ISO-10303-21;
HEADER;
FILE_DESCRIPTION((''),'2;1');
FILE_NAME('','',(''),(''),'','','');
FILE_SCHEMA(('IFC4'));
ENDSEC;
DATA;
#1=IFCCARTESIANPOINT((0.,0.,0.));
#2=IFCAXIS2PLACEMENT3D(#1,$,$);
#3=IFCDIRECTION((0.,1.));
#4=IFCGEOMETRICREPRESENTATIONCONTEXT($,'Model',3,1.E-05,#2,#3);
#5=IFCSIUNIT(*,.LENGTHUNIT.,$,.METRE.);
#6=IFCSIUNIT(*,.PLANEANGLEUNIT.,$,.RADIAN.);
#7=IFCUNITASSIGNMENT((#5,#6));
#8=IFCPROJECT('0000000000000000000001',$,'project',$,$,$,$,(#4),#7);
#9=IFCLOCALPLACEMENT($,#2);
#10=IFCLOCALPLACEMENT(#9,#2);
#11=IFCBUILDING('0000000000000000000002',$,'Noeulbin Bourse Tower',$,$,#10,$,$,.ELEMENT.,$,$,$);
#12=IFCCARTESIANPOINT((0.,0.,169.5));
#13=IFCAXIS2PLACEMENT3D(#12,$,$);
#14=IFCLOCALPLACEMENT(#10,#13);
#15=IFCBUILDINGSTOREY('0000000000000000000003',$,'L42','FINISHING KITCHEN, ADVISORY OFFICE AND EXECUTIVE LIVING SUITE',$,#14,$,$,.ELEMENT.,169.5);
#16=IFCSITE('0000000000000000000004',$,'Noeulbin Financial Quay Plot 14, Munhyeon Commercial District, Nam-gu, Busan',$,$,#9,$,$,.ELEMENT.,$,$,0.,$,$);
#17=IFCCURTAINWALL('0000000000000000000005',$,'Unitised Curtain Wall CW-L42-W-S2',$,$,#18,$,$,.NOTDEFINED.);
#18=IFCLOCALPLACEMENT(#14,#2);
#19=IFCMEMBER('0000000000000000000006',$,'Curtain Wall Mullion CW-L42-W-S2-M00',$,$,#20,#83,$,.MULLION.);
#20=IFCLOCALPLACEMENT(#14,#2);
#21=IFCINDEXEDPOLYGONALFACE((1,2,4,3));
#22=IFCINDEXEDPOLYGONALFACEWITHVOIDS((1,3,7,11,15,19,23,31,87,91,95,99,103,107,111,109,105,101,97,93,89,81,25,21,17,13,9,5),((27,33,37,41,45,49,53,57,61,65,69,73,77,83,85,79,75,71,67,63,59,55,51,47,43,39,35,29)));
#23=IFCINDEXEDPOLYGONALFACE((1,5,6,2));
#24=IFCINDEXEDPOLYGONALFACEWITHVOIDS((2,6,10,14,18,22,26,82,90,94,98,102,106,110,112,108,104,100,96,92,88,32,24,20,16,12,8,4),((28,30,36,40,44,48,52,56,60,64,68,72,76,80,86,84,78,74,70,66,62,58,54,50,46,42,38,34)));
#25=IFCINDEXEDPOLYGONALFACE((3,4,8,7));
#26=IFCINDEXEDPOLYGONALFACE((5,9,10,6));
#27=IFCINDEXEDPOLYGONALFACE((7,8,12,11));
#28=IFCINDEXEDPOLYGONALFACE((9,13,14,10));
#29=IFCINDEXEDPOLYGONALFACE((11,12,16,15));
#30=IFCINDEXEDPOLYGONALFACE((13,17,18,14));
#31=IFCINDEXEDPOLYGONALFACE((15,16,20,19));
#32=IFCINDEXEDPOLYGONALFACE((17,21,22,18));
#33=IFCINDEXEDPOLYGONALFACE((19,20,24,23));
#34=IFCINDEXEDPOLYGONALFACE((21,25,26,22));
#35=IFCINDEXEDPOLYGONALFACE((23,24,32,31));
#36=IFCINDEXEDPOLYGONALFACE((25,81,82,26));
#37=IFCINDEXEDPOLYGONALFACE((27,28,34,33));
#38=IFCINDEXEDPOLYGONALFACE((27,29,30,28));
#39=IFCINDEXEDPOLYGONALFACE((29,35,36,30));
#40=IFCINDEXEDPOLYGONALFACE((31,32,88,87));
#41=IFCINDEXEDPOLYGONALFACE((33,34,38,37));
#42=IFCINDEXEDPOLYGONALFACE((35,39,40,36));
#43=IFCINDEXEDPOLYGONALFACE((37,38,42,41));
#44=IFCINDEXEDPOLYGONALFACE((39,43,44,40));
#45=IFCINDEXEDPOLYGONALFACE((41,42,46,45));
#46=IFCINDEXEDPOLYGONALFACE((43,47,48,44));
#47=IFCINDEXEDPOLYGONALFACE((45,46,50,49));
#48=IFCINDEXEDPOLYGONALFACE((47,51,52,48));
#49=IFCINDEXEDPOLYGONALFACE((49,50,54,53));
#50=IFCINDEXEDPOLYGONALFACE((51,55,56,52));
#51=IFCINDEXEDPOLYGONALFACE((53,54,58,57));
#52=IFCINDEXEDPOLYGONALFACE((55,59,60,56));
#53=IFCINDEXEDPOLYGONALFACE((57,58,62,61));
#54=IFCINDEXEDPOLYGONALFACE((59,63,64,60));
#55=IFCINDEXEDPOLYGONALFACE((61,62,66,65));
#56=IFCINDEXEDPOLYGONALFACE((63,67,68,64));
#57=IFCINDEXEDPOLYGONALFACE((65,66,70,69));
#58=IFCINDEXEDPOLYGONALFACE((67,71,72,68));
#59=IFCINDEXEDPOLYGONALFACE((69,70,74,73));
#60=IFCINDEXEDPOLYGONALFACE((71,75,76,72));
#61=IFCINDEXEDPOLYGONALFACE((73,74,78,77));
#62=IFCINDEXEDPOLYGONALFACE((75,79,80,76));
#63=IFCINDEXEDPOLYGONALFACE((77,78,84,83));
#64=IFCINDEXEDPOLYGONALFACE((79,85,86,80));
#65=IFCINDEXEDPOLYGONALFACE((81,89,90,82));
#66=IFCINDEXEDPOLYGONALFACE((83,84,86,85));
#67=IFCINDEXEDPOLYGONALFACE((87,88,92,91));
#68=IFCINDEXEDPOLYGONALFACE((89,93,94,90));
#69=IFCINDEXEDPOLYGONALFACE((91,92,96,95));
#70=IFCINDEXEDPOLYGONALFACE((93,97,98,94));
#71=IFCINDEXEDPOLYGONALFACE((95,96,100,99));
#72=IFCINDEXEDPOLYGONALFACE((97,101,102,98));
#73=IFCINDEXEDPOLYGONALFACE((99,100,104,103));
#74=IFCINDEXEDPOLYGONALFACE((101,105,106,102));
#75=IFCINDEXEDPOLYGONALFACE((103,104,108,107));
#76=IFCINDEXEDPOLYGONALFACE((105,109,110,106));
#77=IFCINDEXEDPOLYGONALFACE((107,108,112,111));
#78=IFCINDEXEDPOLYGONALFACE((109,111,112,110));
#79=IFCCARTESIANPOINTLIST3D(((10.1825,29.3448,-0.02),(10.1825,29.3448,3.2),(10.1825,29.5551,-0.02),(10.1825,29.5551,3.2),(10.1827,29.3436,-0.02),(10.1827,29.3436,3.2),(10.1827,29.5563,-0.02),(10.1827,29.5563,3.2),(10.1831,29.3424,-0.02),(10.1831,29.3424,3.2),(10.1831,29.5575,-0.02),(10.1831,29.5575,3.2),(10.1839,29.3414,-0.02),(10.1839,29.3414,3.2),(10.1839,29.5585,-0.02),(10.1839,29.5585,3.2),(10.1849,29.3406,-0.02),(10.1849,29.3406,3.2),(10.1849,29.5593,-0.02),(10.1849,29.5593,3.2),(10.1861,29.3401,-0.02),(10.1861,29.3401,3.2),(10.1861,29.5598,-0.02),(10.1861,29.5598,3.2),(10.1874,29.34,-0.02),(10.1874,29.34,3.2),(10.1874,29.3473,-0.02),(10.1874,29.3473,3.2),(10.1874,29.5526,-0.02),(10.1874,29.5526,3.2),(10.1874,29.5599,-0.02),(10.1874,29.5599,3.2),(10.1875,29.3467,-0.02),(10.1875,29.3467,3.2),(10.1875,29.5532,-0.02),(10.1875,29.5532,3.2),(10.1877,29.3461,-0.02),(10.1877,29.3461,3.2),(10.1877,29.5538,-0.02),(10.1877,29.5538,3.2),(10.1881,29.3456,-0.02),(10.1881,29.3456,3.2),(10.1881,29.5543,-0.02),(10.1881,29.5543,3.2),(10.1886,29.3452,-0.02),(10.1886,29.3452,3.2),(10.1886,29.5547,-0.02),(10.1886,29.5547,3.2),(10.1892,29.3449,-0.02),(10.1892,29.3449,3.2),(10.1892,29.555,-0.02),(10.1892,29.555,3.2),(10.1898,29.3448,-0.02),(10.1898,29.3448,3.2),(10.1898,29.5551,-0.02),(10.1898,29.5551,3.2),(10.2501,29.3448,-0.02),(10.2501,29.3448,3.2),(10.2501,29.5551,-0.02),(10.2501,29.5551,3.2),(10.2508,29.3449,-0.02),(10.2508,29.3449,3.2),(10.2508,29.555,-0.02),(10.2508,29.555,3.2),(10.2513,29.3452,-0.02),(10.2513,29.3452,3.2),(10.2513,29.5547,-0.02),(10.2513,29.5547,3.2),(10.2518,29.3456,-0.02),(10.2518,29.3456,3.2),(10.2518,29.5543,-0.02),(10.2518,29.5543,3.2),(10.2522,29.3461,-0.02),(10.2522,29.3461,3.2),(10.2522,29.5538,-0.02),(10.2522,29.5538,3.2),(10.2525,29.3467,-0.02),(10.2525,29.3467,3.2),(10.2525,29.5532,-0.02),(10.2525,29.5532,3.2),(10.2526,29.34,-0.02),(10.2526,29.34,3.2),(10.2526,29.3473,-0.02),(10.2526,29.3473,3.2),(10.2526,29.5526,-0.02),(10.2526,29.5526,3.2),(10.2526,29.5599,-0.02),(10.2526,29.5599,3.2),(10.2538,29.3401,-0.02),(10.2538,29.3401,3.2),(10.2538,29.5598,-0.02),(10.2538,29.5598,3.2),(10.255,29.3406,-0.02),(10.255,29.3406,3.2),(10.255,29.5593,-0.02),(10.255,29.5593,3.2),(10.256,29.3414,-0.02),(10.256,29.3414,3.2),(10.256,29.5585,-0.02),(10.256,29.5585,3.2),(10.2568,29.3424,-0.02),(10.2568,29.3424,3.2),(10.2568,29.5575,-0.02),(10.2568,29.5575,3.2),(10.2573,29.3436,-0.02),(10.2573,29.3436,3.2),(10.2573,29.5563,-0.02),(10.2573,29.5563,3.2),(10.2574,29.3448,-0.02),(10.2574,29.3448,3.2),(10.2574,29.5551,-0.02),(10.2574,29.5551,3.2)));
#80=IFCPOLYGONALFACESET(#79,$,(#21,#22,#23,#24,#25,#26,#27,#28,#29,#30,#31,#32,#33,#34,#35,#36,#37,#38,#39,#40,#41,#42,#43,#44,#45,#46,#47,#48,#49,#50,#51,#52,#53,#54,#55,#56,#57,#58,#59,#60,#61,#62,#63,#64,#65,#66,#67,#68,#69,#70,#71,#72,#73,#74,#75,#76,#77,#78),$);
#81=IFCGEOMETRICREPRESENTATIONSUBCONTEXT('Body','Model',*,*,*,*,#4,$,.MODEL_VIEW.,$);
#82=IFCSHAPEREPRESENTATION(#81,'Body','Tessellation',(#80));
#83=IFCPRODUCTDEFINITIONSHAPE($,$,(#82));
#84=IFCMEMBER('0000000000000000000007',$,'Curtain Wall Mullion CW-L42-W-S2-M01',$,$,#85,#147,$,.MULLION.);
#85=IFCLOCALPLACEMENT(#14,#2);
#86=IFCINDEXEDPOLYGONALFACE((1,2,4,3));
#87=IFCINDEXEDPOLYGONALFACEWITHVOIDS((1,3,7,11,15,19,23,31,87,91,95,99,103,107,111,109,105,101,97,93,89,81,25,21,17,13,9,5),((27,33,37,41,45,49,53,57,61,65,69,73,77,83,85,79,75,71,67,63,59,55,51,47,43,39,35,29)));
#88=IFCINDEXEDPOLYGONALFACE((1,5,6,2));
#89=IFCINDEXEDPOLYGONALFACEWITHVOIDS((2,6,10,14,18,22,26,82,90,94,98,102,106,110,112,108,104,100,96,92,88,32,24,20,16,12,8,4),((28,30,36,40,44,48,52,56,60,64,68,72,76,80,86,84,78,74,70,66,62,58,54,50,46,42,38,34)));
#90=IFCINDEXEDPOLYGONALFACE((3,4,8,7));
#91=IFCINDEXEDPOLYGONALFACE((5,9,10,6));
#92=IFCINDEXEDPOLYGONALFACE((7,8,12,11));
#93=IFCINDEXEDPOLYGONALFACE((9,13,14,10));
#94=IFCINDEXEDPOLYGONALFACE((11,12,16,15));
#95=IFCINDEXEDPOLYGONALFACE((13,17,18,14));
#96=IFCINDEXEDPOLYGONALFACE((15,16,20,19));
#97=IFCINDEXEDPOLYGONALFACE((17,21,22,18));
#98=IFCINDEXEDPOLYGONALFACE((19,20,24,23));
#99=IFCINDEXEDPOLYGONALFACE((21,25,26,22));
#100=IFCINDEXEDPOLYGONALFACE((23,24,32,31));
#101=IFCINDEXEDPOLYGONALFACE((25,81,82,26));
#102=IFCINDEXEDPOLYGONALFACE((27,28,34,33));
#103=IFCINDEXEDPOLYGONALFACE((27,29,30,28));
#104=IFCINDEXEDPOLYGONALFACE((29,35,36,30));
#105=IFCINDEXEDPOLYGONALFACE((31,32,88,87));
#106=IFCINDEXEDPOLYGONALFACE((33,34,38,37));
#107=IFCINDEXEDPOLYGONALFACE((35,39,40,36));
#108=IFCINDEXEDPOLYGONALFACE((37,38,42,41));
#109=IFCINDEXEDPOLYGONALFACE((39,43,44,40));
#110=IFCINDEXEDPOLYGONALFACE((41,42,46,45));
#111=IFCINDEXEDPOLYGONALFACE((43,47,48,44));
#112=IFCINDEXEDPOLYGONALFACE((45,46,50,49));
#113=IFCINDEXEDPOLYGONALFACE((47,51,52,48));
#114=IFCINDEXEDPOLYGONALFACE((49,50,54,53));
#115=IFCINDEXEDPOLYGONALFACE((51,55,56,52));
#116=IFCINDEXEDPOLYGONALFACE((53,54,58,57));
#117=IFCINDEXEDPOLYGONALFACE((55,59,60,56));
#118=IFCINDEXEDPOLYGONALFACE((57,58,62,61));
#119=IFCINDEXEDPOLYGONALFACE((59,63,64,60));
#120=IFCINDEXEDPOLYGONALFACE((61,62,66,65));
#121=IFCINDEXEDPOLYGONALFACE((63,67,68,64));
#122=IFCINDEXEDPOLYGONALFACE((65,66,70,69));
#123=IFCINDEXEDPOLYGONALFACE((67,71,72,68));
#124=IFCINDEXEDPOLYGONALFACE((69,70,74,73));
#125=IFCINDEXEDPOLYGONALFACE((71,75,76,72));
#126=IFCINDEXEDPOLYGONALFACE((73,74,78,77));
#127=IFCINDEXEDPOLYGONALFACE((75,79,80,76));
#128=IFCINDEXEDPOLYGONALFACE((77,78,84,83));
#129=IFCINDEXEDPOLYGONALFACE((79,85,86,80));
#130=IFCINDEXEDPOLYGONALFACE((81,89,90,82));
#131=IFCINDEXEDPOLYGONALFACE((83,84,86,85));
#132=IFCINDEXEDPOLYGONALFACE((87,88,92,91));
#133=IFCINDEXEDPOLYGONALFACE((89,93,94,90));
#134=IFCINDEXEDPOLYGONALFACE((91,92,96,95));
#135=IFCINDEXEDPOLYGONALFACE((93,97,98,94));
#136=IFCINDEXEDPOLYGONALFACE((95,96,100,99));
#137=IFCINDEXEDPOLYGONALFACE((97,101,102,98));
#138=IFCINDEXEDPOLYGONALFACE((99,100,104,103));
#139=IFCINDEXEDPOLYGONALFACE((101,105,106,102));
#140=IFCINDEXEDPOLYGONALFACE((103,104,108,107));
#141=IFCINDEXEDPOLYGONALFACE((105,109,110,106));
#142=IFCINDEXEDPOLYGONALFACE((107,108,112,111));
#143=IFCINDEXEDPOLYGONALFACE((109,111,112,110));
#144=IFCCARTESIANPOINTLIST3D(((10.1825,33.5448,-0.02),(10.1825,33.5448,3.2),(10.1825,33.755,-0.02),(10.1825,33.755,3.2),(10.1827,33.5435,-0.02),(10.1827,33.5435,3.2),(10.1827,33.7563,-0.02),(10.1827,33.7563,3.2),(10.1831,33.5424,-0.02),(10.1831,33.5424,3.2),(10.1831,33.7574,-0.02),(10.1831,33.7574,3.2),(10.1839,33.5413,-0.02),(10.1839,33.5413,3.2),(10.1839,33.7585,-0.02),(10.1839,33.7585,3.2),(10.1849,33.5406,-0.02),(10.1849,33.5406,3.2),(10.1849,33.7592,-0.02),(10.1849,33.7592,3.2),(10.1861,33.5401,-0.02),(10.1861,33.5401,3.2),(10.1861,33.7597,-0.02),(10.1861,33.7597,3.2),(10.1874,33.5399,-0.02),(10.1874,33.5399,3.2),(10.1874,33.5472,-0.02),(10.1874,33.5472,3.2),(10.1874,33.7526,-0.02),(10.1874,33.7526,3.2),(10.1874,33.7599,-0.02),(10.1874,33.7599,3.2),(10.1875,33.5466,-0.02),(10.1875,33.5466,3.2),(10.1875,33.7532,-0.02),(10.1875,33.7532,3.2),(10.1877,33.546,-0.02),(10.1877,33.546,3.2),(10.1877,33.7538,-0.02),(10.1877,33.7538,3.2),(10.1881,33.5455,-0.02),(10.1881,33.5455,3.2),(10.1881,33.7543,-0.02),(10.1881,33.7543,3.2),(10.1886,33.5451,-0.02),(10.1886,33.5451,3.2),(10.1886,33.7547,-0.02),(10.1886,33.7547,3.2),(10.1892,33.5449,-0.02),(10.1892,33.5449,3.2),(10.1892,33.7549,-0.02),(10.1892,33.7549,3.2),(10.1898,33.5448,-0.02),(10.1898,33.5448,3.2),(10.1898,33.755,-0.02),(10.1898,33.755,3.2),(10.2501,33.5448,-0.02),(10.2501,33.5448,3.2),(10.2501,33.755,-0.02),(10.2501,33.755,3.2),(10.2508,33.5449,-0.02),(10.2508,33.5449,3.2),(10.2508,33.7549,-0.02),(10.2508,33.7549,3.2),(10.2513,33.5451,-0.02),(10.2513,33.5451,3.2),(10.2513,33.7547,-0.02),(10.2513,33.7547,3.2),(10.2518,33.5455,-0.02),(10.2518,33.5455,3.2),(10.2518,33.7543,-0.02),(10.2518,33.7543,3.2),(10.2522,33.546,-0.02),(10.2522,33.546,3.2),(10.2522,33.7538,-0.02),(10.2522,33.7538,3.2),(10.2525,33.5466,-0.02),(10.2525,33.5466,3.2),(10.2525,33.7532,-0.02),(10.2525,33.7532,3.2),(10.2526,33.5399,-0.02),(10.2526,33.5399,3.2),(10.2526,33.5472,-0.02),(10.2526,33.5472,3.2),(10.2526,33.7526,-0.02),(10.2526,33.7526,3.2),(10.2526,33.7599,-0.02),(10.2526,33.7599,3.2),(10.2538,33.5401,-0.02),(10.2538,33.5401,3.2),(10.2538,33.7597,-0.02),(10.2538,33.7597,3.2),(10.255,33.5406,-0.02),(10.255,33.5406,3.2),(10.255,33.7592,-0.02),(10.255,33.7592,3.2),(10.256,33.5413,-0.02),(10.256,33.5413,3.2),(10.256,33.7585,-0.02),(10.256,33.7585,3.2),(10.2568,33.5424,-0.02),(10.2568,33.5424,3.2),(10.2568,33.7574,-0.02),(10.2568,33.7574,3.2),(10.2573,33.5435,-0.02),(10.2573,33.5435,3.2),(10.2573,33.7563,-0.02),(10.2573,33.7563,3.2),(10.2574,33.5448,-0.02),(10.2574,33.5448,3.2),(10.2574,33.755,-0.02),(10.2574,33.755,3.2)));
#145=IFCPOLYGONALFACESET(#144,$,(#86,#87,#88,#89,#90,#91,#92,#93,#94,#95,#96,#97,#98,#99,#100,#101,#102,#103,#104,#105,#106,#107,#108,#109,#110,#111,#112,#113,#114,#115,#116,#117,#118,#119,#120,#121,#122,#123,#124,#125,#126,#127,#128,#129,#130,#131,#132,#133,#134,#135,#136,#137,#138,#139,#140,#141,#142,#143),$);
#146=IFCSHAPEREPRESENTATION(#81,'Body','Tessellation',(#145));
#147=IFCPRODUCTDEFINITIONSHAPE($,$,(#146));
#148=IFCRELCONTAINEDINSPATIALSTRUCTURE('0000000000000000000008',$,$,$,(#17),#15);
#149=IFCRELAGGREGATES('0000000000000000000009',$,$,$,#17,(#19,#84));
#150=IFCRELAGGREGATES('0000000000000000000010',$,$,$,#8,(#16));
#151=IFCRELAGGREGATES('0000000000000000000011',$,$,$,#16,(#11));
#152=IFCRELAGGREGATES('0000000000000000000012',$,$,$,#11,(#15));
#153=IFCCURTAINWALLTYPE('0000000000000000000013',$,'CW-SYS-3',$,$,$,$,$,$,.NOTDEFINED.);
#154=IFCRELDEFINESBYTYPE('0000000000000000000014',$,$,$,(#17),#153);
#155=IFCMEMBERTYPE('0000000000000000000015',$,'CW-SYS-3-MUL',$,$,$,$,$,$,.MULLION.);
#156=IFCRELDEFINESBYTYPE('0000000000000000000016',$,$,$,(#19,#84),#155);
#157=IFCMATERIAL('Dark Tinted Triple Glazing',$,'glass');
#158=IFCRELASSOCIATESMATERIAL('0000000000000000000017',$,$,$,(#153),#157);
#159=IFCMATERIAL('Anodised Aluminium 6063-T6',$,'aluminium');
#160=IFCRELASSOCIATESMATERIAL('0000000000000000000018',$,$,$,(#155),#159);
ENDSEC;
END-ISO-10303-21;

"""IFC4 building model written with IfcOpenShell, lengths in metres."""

from ifc_helpers import new_model, si_unit, direction, frame, origin, origin_2d, place, context, subcontext, project, spatial, hollow_rectangle, extrude, material, material_profile, profile_set, type_object, element, aggregate, save


model = new_model("IFC4")

# Units and contexts
model_context = context("Model", 3, precision=1e-05, world=origin(), true_north=direction((0.0, 1.0)))
body_context = subcontext(model_context, "Body", "Model", "MODEL_VIEW")
ifc_project = project(units=[si_unit("LENGTHUNIT", "METRE"), si_unit("PLANEANGLEUNIT", "RADIAN")], contexts=[model_context])

# Site, building, storey
site_placement = place(None, origin())
site = spatial("IfcSite", under=ifc_project, at=site_placement, Name="Noeulbin Financial Quay Plot 14, Munhyeon Commercial District, Nam-gu, Busan", CompositionType="ELEMENT", RefElevation=0.0)
building_placement = place(site_placement, origin())
building = spatial("IfcBuilding", under=site, at=building_placement, Name="Noeulbin Bourse Tower", CompositionType="ELEMENT")
storey_placement = place(building_placement, frame((0.0, 0.0, 169.5)))
storey = spatial("IfcBuildingStorey", under=building, at=storey_placement, Name="L42", Description="FINISHING KITCHEN, ADVISORY OFFICE AND EXECUTIVE LIVING SUITE", CompositionType="ELEMENT", Elevation=169.5)

# Curtain wall, members
ifc_material_1 = material(Name="Dark Tinted Triple Glazing", Category="glass")
curtain_wall_type = type_object("IfcCurtainWallType", Name="CW-SYS-3", PredefinedType="NOTDEFINED", material=ifc_material_1)
curtain_wall_placement = place(storey_placement, origin())
curtain_wall = element("IfcCurtainWall", 1, at=curtain_wall_placement, inside=storey, type_object=curtain_wall_type, Name="Unitised Curtain Wall CW-L42-W-S2", PredefinedType="NOTDEFINED")
ifc_material_2 = material(Name="Anodised Aluminium 6063-T6", Category="aluminium")
ifc_material_profile_1 = material_profile(ifc_material_2, hollow_rectangle(XDim=0.075, YDim=0.22, WallThickness=0.0049, InnerFilletRadius=0.0024, OuterFilletRadius=0.0049, at=origin_2d()), Name="ALU-MULL-75x220x5", Category="LoadBearing")
ifc_profile_set_1 = profile_set([ifc_material_profile_1], Name="Anodised Aluminium 6063-T6")
member_type_1 = type_object("IfcMemberType", Name="CW-SYS-3-MUL", PredefinedType="MULLION", material=ifc_profile_set_1)
member_1_placement = place(storey_placement, frame((10.22, 29.45, -0.02), z_axis=(0.0, 0.0, 1.0), x_axis=(1.0, 0.0, 0.0)))
member_1 = element("IfcMember", 2, at=member_1_placement, type_object=member_type_1, Name="Curtain Wall Mullion CW-L42-W-S2-M00", PredefinedType="MULLION", context=body_context, shape_type="SweptSolid", body=[
    extrude(hollow_rectangle(XDim=0.075, YDim=0.22, WallThickness=0.0049, InnerFilletRadius=0.0024, OuterFilletRadius=0.0049, at=origin_2d()), origin(), (0.0, 0.0, 1.0), 3.22),
])
member_2_placement = place(storey_placement, frame((10.22, 33.6499, -0.02), z_axis=(0.0, 0.0, 1.0), x_axis=(1.0, 0.0, 0.0)))
member_2 = element("IfcMember", 3, at=member_2_placement, type_object=member_type_1, Name="Curtain Wall Mullion CW-L42-W-S2-M01", PredefinedType="MULLION", context=body_context, shape_type="SweptSolid", body=[
    extrude(hollow_rectangle(XDim=0.075, YDim=0.22, WallThickness=0.0049, InnerFilletRadius=0.0024, OuterFilletRadius=0.0049, at=origin_2d()), origin(), (0.0, 0.0, 1.0), 3.22),
])

aggregate(curtain_wall, [member_1, member_2])

save(model, "model.ifc")
